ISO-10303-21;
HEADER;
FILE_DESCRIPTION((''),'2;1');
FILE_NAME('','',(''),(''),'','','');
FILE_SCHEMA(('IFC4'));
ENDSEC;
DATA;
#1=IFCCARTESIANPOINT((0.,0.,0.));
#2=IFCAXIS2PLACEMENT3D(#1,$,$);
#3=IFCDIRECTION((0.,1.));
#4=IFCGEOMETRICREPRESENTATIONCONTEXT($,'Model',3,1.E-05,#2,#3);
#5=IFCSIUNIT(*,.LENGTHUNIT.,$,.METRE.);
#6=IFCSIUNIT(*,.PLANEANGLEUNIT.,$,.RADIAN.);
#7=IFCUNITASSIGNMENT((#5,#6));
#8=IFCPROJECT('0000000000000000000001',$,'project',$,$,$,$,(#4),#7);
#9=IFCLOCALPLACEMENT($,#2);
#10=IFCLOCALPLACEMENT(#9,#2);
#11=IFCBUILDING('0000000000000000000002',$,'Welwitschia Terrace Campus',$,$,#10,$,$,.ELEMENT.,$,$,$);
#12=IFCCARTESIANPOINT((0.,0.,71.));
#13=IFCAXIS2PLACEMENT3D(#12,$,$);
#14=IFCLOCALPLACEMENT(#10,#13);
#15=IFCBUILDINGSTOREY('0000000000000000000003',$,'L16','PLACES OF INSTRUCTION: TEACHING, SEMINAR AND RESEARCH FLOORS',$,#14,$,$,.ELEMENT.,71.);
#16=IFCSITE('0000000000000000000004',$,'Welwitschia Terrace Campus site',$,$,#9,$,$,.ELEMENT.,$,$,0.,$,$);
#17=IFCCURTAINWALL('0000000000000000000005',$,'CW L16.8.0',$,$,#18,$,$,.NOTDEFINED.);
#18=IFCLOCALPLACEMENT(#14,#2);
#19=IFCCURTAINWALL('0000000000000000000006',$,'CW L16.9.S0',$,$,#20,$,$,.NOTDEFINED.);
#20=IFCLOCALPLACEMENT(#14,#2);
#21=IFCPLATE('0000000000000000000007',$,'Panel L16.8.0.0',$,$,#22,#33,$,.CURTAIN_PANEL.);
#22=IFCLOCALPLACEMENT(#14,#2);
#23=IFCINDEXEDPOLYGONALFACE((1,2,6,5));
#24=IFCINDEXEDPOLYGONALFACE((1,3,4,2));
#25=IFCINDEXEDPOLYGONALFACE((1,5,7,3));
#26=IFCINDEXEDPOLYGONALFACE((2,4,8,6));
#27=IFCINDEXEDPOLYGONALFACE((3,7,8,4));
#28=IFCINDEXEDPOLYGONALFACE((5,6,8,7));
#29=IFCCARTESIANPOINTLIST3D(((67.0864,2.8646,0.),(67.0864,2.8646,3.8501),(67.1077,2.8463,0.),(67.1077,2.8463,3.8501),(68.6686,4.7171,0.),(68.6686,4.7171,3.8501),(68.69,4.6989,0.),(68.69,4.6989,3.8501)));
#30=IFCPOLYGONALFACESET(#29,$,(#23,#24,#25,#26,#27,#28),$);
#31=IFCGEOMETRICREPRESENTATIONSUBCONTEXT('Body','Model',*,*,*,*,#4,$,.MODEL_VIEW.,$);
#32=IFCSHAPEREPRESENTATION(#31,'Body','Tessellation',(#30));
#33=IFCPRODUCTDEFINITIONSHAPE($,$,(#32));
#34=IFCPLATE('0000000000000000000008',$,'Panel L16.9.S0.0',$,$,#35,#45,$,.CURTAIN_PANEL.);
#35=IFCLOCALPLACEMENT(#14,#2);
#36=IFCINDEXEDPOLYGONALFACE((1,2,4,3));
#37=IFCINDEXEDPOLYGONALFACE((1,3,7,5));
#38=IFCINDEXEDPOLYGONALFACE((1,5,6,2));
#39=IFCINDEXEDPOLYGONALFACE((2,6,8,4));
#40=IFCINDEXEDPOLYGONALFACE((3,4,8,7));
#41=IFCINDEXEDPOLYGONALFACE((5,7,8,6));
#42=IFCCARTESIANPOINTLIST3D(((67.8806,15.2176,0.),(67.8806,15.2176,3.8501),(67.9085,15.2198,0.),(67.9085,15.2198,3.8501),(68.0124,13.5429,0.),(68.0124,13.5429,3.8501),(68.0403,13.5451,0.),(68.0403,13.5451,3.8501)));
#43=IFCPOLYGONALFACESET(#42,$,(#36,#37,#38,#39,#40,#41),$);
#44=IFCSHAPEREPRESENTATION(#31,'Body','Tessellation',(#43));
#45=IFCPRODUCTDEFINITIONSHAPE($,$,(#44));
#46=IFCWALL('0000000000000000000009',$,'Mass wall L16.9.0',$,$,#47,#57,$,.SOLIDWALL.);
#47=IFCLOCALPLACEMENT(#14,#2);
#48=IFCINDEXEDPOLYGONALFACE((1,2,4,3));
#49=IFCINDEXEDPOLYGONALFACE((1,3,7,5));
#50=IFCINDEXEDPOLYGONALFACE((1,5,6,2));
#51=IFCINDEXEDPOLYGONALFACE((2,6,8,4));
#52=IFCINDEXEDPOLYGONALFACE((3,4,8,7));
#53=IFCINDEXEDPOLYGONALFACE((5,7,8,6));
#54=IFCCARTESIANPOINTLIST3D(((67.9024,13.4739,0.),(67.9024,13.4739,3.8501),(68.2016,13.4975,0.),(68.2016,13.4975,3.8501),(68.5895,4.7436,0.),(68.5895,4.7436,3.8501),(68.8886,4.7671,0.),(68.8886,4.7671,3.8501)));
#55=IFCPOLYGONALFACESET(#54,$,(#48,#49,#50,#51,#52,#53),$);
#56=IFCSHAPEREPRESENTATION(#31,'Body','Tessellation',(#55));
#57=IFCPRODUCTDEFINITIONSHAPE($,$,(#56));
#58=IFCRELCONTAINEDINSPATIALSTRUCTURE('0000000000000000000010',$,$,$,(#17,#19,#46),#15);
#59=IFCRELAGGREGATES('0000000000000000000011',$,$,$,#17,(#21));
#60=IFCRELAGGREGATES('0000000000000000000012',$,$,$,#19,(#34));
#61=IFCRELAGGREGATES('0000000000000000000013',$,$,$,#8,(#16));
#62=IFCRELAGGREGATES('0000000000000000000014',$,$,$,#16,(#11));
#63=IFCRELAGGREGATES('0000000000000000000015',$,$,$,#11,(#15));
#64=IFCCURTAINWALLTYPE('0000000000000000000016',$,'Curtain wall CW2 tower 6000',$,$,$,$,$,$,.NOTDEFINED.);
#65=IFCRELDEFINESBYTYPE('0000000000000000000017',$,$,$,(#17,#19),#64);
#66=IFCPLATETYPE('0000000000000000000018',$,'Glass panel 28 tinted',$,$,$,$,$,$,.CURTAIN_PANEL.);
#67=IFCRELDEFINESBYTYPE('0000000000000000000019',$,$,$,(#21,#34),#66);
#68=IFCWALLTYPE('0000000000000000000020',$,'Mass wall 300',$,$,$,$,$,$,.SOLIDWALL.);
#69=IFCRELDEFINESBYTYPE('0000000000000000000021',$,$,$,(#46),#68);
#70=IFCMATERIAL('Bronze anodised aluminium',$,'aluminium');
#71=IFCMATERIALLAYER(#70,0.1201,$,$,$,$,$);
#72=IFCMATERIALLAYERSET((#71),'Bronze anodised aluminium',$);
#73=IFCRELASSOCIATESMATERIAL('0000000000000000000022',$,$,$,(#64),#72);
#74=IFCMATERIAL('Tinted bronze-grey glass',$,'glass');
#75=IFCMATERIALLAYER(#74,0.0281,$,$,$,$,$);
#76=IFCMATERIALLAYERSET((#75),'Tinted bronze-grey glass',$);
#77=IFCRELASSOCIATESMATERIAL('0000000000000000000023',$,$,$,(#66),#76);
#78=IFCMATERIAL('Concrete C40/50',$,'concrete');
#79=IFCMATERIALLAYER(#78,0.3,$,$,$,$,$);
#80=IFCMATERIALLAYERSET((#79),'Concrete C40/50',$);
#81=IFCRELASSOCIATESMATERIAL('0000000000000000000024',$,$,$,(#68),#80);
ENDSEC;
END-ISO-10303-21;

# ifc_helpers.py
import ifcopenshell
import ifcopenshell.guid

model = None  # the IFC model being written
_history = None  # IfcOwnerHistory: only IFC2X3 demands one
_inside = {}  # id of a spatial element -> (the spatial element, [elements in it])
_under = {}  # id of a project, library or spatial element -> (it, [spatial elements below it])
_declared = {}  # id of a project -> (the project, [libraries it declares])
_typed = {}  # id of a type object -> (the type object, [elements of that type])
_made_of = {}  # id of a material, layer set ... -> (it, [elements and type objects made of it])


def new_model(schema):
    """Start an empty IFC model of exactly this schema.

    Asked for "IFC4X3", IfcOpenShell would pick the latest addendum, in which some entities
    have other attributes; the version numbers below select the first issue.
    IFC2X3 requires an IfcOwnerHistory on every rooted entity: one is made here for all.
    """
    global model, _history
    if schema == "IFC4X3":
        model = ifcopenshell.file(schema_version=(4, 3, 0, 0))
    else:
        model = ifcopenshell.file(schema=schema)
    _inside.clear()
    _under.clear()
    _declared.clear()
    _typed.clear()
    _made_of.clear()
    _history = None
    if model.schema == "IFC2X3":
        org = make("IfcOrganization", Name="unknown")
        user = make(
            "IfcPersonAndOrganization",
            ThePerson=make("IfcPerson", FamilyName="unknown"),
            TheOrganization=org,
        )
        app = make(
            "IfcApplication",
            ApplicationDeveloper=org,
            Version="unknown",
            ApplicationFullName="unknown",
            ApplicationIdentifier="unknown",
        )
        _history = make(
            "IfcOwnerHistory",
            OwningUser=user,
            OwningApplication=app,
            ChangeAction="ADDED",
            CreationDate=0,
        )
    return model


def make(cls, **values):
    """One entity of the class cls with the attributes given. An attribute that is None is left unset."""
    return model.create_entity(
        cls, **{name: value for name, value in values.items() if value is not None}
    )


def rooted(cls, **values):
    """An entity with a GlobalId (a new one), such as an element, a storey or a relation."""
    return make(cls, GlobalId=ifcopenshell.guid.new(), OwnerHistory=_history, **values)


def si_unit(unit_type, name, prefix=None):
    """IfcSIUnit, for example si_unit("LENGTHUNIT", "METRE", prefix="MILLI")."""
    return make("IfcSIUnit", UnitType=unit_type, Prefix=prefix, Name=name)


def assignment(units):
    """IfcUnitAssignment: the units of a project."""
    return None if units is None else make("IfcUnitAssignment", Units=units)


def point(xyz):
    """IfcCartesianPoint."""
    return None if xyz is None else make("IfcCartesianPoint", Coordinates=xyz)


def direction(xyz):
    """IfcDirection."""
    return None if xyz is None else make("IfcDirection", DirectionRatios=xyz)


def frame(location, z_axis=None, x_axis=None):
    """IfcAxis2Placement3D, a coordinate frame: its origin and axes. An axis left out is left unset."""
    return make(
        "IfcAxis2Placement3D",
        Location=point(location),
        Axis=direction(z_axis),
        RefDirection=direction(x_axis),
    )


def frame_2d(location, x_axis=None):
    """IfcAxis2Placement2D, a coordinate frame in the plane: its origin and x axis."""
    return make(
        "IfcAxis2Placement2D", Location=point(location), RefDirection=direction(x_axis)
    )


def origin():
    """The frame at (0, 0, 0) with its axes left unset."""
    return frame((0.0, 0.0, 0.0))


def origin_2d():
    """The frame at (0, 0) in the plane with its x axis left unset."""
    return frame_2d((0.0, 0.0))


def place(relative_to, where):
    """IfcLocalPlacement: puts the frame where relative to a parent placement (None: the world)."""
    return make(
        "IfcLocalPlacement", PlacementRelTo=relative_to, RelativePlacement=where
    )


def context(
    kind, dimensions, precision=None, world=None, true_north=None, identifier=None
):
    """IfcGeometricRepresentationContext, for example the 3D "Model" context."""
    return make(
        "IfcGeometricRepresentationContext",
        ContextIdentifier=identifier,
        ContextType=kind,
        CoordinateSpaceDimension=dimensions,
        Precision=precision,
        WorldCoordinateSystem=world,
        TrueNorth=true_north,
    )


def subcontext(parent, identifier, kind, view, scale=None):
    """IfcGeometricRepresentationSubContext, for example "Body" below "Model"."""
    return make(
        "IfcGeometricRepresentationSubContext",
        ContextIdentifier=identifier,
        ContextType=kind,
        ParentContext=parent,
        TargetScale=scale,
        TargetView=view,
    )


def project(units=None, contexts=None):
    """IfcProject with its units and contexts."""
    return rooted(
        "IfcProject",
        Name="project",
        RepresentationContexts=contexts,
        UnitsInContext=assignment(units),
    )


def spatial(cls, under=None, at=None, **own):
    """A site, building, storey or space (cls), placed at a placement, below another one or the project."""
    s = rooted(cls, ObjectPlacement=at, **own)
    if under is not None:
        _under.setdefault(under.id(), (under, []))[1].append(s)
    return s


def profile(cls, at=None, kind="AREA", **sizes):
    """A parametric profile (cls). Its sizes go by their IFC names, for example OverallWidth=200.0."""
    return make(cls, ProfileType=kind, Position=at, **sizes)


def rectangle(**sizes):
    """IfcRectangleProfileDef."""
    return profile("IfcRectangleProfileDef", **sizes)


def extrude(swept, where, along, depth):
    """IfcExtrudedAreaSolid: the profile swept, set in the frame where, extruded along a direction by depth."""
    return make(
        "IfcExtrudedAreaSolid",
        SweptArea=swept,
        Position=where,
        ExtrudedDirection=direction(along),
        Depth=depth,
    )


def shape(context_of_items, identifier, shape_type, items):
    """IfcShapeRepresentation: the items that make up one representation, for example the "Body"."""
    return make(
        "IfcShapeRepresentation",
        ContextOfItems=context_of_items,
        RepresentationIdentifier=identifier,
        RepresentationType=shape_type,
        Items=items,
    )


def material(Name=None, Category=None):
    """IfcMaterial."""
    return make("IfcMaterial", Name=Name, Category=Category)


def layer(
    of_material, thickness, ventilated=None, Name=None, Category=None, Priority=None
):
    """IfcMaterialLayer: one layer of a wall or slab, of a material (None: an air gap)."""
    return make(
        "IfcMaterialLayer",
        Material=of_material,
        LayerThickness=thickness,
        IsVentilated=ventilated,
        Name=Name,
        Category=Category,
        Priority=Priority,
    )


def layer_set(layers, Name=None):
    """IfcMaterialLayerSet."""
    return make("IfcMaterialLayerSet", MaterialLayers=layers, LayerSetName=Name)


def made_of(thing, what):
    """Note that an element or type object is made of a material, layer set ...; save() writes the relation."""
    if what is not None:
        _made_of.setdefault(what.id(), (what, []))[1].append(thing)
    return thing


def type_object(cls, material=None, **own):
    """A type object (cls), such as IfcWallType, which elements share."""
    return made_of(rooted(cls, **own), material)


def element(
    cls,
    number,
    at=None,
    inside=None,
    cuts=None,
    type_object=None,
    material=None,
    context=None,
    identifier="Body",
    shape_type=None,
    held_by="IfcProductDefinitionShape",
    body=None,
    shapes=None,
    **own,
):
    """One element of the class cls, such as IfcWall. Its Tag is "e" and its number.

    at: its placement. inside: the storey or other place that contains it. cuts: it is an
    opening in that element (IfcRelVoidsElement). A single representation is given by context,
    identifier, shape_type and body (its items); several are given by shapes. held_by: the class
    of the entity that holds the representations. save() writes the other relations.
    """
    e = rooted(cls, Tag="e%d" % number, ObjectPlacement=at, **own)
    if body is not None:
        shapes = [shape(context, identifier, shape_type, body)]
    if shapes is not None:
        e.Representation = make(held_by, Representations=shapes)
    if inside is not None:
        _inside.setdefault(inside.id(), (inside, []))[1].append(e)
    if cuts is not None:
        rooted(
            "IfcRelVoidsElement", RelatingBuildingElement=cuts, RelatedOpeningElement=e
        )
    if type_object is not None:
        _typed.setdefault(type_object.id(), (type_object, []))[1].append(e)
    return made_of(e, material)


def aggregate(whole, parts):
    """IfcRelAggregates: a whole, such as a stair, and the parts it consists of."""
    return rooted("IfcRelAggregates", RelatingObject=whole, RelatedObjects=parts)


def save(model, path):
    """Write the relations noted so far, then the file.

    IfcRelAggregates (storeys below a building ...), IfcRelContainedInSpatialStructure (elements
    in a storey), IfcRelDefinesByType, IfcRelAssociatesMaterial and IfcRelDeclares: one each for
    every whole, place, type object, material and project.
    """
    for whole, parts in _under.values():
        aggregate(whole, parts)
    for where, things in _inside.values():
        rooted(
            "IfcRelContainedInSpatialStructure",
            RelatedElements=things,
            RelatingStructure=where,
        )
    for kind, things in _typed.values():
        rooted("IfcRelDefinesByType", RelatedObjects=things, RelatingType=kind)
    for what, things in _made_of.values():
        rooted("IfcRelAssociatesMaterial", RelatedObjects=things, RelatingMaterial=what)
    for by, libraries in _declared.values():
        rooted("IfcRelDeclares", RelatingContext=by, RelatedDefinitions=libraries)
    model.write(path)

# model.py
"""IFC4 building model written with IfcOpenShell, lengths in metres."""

from ifc_helpers import new_model, si_unit, direction, frame, frame_2d, origin, origin_2d, place, context, subcontext, project, spatial, rectangle, extrude, material, layer, layer_set, type_object, element, aggregate, save


model = new_model("IFC4")

# Units and contexts
model_context = context("Model", 3, precision=1e-05, world=origin(), true_north=direction((0.0, 1.0)))
body_context = subcontext(model_context, "Body", "Model", "MODEL_VIEW")
ifc_project = project(units=[si_unit("LENGTHUNIT", "METRE"), si_unit("PLANEANGLEUNIT", "RADIAN")], contexts=[model_context])

# Site, building, storey
site_placement = place(None, origin())
site = spatial("IfcSite", under=ifc_project, at=site_placement, Name="Welwitschia Terrace Campus site", CompositionType="ELEMENT", RefElevation=0.0)
building_placement = place(site_placement, origin())
building = spatial("IfcBuilding", under=site, at=building_placement, Name="Welwitschia Terrace Campus", CompositionType="ELEMENT")
storey_placement = place(building_placement, frame((0.0, 0.0, 71.0)))
storey = spatial("IfcBuildingStorey", under=building, at=storey_placement, Name="L16", Description="PLACES OF INSTRUCTION: TEACHING, SEMINAR AND RESEARCH FLOORS", CompositionType="ELEMENT", Elevation=71.0)

# Curtain wall
ifc_material_1 = material(Name="Bronze anodised aluminium", Category="aluminium")
ifc_layer_1 = layer(ifc_material_1, 0.1201)
ifc_layer_set_1 = layer_set([ifc_layer_1], Name="Bronze anodised aluminium")
curtain_wall_type = type_object("IfcCurtainWallType", Name="Curtain wall CW2 tower 6000", PredefinedType="NOTDEFINED", material=ifc_layer_set_1)
curtain_wall_1_placement = place(storey_placement, origin())
curtain_wall_1 = element("IfcCurtainWall", 1, at=curtain_wall_1_placement, inside=storey, type_object=curtain_wall_type, Name="CW L16.8.0", PredefinedType="NOTDEFINED")

# Curtain wall
curtain_wall_2_placement = place(storey_placement, origin())
curtain_wall_2 = element("IfcCurtainWall", 2, at=curtain_wall_2_placement, inside=storey, type_object=curtain_wall_type, Name="CW L16.9.S0", PredefinedType="NOTDEFINED")

# Plates
ifc_material_2 = material(Name="Tinted bronze-grey glass", Category="glass")
ifc_layer_2 = layer(ifc_material_2, 0.0281)
ifc_layer_set_2 = layer_set([ifc_layer_2], Name="Tinted bronze-grey glass")
plate_type = type_object("IfcPlateType", Name="Glass panel 28 tinted", PredefinedType="CURTAIN_PANEL", material=ifc_layer_set_2)
plate_1_placement = place(storey_placement, frame((67.8882, 3.7817, 0.0), z_axis=(0.0, 0.0, 1.0), x_axis=(0.649448, 0.760406, 0.0)))
plate_1 = element("IfcPlate", 3, at=plate_1_placement, type_object=plate_type, Name="Panel L16.8.0.0", PredefinedType="CURTAIN_PANEL", context=body_context, shape_type="SweptSolid", body=[
    extrude(rectangle(XDim=2.4363, YDim=0.0281, at=origin_2d()), origin(), (0.0, 0.0, 1.0), 3.8501),
])
aggregate(curtain_wall_1, [plate_1])
plate_2_placement = place(storey_placement, frame((67.9604, 14.3813, 0.0), z_axis=(0.0, 0.0, 1.0), x_axis=(-0.078459, 0.996917, 0.0)))
plate_2 = element("IfcPlate", 4, at=plate_2_placement, type_object=plate_type, Name="Panel L16.9.S0.0", PredefinedType="CURTAIN_PANEL", context=body_context, shape_type="SweptSolid", body=[
    extrude(rectangle(XDim=1.6799, YDim=0.0281, at=origin_2d()), origin(), (0.0, 0.0, 1.0), 3.8501),
])
aggregate(curtain_wall_2, [plate_2])

# Wall
ifc_material_3 = material(Name="Concrete C40/50", Category="concrete")
ifc_layer_3 = layer(ifc_material_3, 0.3)
ifc_layer_set_3 = layer_set([ifc_layer_3], Name="Concrete C40/50")
wall_type = type_object("IfcWallType", Name="Mass wall 300", PredefinedType="SOLIDWALL", material=ifc_layer_set_3)
wall_placement = place(storey_placement, frame((68.739, 4.7554, 0.0), z_axis=(0.0, 0.0, 1.0), x_axis=(-0.078451, 0.996918, 0.0)))
element("IfcWall", 5, at=wall_placement, inside=storey, type_object=wall_type, Name="Mass wall L16.9.0", PredefinedType="SOLIDWALL", context=body_context, shape_type="SweptSolid", body=[
    extrude(rectangle(XDim=8.7573, YDim=0.3, at=frame_2d((4.3787, 0.0))), origin(), (0.0, 0.0, 1.0), 3.8501),
])

save(model, "model.ifc")
